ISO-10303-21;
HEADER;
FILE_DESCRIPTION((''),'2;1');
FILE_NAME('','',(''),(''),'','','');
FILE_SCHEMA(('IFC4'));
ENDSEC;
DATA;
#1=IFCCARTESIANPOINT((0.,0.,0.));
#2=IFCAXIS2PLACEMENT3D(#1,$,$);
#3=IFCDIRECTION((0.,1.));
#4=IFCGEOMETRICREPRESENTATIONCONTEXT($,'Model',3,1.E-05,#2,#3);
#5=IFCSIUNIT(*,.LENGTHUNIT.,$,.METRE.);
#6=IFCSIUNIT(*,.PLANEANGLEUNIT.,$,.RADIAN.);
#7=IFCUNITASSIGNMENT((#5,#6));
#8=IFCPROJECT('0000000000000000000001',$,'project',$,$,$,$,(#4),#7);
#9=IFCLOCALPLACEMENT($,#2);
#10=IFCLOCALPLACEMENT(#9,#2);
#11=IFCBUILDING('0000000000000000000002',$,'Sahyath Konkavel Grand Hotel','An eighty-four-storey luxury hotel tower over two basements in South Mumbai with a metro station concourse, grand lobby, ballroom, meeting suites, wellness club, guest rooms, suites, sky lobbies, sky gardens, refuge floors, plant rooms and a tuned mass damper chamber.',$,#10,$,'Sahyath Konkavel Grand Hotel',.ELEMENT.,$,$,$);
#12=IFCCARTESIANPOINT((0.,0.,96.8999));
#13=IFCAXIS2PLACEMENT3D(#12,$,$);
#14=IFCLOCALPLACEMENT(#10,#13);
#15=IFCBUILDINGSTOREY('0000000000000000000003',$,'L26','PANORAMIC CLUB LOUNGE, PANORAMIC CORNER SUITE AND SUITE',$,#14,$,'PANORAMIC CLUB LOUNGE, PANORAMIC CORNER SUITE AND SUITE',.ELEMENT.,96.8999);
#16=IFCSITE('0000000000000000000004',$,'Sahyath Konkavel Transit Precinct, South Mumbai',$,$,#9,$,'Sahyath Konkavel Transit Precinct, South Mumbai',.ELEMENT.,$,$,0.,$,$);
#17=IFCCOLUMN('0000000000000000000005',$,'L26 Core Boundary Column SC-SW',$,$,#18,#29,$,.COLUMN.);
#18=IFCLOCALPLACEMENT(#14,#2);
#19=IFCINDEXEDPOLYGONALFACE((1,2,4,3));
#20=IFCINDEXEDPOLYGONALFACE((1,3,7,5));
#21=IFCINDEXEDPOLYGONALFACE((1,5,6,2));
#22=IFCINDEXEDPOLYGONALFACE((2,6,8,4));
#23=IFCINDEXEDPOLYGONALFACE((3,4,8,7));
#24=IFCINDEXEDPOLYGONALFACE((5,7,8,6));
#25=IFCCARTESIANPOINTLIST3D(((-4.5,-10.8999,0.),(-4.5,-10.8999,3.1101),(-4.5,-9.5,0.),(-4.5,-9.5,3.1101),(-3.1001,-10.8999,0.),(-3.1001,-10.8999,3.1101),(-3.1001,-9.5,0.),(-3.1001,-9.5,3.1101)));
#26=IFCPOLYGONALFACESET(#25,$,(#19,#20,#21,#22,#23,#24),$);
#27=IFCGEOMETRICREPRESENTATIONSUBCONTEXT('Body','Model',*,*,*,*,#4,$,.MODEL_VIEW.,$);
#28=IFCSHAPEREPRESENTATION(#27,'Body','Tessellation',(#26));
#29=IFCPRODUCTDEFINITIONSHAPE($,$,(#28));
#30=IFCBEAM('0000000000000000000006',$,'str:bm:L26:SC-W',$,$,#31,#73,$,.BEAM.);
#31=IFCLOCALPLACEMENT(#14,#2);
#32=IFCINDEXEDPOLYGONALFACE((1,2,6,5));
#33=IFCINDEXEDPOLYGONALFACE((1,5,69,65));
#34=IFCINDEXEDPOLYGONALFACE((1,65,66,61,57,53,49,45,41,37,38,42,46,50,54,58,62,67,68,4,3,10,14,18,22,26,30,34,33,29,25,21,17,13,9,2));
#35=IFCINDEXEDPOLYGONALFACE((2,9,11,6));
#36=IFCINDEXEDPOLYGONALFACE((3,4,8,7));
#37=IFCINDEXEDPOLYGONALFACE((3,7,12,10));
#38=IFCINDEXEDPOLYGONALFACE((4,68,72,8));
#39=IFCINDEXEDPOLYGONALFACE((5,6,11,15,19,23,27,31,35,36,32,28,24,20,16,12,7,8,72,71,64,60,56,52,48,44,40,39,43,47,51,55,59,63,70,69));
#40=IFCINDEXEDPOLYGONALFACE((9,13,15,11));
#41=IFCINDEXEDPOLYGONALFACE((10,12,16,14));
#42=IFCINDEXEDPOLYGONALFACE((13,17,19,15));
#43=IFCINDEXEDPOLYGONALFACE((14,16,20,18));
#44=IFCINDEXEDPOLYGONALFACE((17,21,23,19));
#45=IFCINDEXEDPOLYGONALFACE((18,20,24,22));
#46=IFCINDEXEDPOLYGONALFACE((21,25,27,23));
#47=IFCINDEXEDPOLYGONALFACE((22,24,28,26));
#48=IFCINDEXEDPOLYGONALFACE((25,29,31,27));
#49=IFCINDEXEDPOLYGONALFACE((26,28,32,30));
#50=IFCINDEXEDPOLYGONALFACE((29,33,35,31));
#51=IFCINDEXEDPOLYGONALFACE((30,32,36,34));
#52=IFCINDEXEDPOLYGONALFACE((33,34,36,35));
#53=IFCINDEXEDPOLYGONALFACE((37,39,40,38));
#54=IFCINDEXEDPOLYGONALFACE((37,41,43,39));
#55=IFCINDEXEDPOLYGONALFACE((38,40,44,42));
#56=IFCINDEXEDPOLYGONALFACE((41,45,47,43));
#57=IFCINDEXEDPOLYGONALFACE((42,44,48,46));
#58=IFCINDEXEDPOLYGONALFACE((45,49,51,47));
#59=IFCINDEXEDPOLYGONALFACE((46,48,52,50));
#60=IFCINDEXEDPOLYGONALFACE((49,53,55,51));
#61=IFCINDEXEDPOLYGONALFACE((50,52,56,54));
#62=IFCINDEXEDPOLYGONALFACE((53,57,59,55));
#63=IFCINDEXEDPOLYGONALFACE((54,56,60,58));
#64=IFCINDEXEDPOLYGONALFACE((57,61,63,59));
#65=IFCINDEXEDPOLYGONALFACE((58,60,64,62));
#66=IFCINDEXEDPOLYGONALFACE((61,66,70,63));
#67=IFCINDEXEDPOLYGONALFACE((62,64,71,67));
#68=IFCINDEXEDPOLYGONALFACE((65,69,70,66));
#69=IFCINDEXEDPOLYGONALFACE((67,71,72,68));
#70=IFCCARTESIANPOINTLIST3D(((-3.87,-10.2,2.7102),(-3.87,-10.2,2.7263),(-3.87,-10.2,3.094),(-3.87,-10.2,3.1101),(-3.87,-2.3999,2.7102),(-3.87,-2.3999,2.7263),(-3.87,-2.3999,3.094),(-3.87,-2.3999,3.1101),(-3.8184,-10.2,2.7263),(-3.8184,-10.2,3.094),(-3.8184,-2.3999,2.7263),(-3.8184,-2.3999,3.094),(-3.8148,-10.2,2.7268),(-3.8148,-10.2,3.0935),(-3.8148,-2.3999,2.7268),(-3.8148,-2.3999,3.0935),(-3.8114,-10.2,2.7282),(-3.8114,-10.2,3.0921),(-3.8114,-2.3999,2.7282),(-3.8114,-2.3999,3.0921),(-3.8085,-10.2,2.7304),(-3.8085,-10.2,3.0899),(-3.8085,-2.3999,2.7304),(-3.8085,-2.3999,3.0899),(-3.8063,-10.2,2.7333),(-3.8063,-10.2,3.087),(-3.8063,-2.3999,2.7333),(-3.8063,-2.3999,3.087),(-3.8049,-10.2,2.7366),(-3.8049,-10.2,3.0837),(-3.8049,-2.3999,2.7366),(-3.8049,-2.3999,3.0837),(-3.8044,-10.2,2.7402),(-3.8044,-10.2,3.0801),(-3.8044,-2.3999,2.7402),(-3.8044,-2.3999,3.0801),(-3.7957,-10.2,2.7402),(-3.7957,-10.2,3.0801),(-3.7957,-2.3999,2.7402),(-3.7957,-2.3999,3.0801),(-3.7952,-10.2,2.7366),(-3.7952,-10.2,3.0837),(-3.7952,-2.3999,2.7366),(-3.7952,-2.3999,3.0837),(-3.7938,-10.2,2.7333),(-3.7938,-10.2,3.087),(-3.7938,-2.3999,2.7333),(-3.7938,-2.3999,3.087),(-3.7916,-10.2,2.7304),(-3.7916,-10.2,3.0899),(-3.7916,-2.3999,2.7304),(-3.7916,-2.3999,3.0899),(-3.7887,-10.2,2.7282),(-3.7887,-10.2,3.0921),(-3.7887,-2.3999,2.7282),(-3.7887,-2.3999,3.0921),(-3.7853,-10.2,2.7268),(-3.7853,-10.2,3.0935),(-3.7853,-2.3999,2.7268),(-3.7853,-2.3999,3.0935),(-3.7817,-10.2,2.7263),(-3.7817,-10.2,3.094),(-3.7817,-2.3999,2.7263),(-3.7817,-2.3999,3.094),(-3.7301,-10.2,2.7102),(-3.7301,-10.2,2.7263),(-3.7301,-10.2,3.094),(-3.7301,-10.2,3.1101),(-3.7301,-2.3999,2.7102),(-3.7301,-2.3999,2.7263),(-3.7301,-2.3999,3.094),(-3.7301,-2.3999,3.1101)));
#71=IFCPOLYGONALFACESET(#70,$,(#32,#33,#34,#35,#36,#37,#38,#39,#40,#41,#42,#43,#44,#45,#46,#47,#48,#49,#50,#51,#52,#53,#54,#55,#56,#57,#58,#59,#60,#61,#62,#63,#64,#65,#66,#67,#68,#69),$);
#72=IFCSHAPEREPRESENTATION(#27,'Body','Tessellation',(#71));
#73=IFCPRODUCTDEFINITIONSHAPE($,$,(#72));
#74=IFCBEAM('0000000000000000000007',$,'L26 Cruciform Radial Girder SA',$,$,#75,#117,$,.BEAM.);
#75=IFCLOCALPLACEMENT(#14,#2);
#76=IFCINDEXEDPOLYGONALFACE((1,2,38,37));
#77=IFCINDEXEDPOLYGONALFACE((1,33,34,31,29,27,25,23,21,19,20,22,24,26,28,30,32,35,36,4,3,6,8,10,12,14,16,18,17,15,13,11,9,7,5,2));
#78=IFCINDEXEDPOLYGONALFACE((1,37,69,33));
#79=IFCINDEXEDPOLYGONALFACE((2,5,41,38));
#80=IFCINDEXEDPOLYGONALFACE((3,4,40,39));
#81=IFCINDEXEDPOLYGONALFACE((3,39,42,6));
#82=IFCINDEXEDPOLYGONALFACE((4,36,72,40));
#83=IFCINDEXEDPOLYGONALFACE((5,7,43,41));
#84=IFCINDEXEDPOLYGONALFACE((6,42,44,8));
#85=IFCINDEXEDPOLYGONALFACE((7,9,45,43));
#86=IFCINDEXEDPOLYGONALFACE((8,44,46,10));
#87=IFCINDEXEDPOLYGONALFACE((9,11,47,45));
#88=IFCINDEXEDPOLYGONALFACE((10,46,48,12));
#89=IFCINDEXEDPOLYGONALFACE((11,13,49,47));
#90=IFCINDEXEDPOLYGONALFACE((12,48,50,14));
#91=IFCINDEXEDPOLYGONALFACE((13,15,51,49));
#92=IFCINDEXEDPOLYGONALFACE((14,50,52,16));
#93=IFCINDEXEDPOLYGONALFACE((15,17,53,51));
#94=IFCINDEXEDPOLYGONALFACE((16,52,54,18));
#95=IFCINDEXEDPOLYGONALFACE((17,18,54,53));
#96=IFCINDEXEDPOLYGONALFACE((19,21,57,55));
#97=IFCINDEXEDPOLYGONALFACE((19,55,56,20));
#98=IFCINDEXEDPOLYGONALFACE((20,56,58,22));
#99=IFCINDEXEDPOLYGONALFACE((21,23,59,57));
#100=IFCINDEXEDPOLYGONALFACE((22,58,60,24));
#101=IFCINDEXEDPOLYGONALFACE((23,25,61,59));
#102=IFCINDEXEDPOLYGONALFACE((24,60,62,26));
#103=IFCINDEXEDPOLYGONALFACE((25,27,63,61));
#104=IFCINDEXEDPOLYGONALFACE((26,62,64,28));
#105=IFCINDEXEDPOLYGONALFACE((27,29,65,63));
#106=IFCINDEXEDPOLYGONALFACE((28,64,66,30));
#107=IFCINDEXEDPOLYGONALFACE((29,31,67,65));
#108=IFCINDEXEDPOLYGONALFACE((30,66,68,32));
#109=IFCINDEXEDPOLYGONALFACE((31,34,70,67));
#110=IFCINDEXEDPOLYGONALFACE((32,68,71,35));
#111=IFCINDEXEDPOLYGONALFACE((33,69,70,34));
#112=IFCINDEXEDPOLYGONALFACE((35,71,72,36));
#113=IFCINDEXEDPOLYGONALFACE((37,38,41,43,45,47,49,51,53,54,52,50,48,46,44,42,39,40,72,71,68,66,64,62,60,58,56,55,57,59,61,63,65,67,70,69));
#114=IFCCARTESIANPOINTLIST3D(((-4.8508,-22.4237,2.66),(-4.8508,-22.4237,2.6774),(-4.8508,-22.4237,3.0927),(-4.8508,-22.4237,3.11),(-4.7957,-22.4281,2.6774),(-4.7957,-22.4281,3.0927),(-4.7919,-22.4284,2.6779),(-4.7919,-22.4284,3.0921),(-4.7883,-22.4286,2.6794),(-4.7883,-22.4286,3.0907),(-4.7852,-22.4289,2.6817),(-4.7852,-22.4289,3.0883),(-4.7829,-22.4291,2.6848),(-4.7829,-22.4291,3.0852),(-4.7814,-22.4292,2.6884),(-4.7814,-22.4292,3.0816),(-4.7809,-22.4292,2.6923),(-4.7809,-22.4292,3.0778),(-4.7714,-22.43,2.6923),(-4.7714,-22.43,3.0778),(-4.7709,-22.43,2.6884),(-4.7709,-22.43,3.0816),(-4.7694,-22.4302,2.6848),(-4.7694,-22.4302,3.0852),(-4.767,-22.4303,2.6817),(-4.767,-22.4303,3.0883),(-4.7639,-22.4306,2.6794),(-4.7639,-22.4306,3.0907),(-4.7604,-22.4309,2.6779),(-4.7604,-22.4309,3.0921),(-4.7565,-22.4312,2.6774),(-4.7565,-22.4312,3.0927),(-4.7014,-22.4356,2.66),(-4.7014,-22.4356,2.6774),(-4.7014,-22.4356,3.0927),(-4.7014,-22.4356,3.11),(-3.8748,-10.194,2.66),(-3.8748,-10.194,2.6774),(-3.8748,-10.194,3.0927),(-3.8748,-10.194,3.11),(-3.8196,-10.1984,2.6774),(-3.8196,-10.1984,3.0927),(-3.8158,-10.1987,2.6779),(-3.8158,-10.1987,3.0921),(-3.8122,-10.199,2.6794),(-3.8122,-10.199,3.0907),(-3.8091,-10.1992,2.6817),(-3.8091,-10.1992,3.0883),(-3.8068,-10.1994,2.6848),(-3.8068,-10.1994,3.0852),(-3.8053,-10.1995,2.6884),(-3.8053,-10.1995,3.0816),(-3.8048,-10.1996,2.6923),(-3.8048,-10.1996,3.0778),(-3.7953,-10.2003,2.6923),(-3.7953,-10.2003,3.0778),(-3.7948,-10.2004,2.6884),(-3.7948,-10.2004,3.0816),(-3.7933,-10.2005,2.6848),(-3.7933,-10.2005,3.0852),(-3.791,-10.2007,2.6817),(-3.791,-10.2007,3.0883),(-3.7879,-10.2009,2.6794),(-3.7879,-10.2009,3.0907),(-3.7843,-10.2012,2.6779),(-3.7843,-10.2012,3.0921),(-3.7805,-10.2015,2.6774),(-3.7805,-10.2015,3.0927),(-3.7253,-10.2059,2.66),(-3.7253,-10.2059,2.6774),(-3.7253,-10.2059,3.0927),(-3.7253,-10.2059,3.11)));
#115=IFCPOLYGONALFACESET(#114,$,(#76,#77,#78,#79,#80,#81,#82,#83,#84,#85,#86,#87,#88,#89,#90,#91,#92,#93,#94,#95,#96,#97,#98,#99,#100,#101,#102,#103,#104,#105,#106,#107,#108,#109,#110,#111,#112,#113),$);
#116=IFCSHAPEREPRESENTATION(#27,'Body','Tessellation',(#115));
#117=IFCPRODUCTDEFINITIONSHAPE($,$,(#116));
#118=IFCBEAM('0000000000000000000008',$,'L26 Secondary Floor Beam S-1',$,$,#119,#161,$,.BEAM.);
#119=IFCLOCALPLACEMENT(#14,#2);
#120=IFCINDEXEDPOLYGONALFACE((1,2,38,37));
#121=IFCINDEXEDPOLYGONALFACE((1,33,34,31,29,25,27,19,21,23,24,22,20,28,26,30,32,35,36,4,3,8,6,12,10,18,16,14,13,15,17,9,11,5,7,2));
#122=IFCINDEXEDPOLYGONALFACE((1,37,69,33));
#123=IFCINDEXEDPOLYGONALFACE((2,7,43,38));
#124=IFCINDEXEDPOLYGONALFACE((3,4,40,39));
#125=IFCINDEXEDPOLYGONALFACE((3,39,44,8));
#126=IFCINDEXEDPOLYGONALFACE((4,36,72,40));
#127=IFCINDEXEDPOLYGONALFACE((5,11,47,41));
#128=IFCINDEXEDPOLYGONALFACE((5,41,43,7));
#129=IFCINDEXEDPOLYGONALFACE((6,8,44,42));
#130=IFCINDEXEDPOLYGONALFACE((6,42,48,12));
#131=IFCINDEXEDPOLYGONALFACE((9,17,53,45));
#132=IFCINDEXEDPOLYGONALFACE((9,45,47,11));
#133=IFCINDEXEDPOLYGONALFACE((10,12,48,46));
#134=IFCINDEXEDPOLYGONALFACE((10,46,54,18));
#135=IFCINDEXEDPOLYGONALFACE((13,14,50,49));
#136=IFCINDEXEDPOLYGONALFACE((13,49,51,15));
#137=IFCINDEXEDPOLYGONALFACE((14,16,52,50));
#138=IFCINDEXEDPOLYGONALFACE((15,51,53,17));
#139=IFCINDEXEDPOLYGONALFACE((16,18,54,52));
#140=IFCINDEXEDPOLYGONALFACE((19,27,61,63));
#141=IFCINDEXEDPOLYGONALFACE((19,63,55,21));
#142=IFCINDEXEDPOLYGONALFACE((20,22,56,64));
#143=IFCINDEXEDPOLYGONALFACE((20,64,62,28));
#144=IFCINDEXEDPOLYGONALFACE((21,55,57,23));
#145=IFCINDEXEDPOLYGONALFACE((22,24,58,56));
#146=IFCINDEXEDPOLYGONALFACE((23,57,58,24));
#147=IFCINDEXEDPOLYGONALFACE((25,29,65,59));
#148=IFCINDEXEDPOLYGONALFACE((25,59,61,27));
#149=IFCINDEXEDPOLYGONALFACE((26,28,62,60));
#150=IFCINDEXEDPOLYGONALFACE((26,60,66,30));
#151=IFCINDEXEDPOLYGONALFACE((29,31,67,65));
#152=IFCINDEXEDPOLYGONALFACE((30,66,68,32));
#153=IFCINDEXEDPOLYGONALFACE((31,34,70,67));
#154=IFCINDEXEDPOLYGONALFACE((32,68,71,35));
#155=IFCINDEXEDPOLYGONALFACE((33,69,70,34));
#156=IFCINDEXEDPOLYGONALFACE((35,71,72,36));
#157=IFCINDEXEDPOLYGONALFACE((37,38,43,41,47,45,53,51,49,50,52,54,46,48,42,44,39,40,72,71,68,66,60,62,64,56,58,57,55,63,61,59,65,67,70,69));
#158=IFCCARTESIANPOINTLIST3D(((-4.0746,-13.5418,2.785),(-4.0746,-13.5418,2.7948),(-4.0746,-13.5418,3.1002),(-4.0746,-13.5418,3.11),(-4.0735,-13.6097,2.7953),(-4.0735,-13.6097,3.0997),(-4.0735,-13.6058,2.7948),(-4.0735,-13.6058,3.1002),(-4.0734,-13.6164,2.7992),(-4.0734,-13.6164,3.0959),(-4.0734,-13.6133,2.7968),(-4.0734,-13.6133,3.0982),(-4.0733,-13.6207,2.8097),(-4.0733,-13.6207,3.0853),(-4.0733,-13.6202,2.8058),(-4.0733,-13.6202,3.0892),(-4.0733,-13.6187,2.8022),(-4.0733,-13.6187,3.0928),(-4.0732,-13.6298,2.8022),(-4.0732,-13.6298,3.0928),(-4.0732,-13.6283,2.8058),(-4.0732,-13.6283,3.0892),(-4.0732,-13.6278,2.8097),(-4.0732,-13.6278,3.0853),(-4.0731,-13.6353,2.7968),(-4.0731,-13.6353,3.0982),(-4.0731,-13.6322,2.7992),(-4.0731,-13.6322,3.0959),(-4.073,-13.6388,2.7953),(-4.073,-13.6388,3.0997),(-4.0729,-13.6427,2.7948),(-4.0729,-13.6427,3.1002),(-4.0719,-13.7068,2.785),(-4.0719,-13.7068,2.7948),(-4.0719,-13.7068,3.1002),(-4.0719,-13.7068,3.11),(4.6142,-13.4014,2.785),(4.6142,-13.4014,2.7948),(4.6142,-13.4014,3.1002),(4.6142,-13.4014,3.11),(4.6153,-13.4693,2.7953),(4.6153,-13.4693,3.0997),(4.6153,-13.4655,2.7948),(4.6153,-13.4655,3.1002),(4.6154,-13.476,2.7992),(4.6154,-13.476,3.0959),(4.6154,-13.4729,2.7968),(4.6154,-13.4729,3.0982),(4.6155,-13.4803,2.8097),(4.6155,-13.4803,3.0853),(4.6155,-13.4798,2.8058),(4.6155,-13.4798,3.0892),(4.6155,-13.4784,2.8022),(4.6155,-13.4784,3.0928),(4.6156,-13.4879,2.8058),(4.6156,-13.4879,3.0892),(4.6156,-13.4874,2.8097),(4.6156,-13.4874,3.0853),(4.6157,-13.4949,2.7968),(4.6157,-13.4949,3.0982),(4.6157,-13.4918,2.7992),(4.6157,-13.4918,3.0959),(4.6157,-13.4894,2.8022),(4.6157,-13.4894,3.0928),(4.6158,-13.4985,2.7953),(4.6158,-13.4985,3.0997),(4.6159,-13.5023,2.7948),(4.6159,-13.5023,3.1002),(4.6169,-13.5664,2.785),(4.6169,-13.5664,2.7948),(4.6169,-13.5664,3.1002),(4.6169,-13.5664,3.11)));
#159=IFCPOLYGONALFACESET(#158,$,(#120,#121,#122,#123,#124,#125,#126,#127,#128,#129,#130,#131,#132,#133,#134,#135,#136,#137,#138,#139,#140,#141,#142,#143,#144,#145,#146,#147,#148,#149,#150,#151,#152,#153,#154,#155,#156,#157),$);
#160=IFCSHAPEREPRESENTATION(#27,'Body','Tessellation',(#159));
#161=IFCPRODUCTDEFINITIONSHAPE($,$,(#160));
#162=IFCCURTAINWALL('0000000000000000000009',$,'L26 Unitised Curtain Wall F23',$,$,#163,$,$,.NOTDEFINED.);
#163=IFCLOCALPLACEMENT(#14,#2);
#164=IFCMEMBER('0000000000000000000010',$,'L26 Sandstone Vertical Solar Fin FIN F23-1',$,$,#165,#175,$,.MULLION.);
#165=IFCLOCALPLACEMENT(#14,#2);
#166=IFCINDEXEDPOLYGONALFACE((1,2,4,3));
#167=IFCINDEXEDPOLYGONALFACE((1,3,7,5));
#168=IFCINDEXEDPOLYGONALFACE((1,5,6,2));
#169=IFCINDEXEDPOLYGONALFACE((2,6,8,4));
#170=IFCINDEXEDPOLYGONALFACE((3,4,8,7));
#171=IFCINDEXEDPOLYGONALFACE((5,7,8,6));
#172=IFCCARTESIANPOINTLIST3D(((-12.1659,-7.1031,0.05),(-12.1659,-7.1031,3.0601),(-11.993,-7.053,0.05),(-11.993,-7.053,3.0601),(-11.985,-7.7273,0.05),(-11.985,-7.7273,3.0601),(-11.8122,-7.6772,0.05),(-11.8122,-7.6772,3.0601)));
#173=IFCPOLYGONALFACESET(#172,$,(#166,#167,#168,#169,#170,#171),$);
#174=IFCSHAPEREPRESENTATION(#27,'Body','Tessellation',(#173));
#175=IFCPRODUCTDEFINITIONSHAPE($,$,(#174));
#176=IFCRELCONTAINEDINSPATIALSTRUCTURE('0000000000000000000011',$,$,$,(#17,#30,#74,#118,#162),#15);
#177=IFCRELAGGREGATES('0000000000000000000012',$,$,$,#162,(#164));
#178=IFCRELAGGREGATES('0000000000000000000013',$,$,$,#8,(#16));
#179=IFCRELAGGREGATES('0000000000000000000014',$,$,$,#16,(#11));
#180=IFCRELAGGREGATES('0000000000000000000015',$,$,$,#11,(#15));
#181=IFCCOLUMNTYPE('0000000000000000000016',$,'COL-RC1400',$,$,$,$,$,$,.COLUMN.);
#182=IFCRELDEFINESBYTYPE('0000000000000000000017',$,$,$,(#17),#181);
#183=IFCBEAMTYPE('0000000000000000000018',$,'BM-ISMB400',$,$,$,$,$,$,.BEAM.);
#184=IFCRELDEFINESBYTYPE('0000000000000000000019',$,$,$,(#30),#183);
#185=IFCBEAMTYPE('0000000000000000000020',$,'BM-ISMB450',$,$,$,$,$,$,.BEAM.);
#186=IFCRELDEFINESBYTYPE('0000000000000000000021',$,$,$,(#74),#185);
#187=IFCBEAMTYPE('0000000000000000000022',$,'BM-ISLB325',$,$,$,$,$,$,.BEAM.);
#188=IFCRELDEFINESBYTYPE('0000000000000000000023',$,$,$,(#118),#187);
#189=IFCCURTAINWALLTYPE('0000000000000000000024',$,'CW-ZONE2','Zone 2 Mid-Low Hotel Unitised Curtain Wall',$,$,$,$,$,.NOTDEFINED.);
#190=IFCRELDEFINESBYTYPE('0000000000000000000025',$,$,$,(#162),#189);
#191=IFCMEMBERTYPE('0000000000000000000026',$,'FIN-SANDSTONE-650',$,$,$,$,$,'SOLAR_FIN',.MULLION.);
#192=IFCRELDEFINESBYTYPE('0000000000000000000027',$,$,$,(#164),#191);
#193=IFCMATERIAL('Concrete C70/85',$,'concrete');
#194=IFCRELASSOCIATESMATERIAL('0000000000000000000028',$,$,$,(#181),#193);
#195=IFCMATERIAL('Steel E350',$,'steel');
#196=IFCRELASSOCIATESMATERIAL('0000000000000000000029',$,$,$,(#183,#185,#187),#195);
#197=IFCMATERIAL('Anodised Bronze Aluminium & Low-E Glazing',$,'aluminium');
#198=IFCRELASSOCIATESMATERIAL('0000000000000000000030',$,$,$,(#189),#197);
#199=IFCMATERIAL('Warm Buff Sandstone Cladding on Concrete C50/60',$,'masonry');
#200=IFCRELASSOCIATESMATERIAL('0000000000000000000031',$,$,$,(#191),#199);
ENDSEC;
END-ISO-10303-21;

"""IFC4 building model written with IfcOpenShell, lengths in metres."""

from ifc_helpers import new_model, si_unit, direction, frame, origin, origin_2d, place, context, subcontext, project, spatial, rectangle, i_section, extrude, source, transform, mapped, material, material_profile, profile_set, type_object, element, aggregate, save


model = new_model("IFC4")

# Units and contexts
model_context = context("Model", 3, precision=1e-05, world=origin(), true_north=direction((0.0, 1.0)))
body_context = subcontext(model_context, "Body", "Model", "MODEL_VIEW")
ifc_project = project(units=[si_unit("LENGTHUNIT", "METRE"), si_unit("PLANEANGLEUNIT", "RADIAN")], contexts=[model_context])

# Site, building, storey
site_placement = place(None, origin())
site = spatial("IfcSite", under=ifc_project, at=site_placement, Name="Sahyath Konkavel Transit Precinct, South Mumbai", LongName="Sahyath Konkavel Transit Precinct, South Mumbai", CompositionType="ELEMENT", RefElevation=0.0)
building_placement = place(site_placement, origin())
building = spatial("IfcBuilding", under=site, at=building_placement, Name="Sahyath Konkavel Grand Hotel", Description="An eighty-four-storey luxury hotel tower over two basements in South Mumbai with a metro station concourse, grand lobby, ballroom, meeting suites, wellness club, guest rooms, suites, sky lobbies, sky gardens, refuge floors, plant rooms and a tuned mass damper chamber.", LongName="Sahyath Konkavel Grand Hotel", CompositionType="ELEMENT")
storey_placement = place(building_placement, frame((0.0, 0.0, 96.8999)))
storey = spatial("IfcBuildingStorey", under=building, at=storey_placement, Name="L26", Description="PANORAMIC CLUB LOUNGE, PANORAMIC CORNER SUITE AND SUITE", LongName="PANORAMIC CLUB LOUNGE, PANORAMIC CORNER SUITE AND SUITE", CompositionType="ELEMENT", Elevation=96.8999)

# Column
ifc_material_1 = material(Name="Concrete C70/85", Category="concrete")
ifc_material_profile_1 = material_profile(ifc_material_1, rectangle(XDim=1.3999, YDim=1.3999, at=origin_2d()), Name="RC 1400x1400")
ifc_profile_set_1 = profile_set([ifc_material_profile_1], Name="Concrete C70/85")
column_type = type_object("IfcColumnType", Name="COL-RC1400", PredefinedType="COLUMN", material=ifc_profile_set_1)
shared_shape_1 = source(origin(), body_context, "Body", "SweptSolid", [
    extrude(rectangle(XDim=1.3999, YDim=1.3999, at=origin_2d()), origin(), (0.0, 0.0, 1.0), 3.1101),
])
column_placement = place(storey_placement, frame((-3.8, -10.2, 0.0), z_axis=(0.0, 0.0, 1.0), x_axis=(1.0, 0.0, 0.0)))
element("IfcColumn", 1, at=column_placement, inside=storey, type_object=column_type, Name="L26 Core Boundary Column SC-SW", PredefinedType="COLUMN", context=body_context, shape_type="MappedRepresentation", body=[
    mapped(shared_shape_1, transform((0.0, 0.0, 0.0), scale=1.0)),
])

# Beams
ifc_material_2 = material(Name="Steel E350", Category="steel")
ifc_material_profile_2 = material_profile(ifc_material_2, i_section(OverallWidth=0.1399, OverallDepth=0.3999, WebThickness=0.0088, FlangeThickness=0.0161, FilletRadius=0.0139, at=origin_2d()), Name="ISMB 400")
ifc_profile_set_2 = profile_set([ifc_material_profile_2], Name="Steel E350")
beam_type_1 = type_object("IfcBeamType", Name="BM-ISMB400", PredefinedType="BEAM", material=ifc_profile_set_2)
shared_shape_2 = source(origin(), body_context, "Body", "SweptSolid", [
    extrude(i_section(OverallWidth=0.1399, OverallDepth=0.3999, WebThickness=0.0088, FlangeThickness=0.0161, FilletRadius=0.0139, at=origin_2d()), origin(), (0.0, 0.0, 1.0), 7.8),
])
beam_1_placement = place(storey_placement, frame((-3.8, -10.2, 2.9102), z_axis=(0.0, 1.0, 0.0), x_axis=(-1.0, 0.0, 0.0)))
element("IfcBeam", 2, at=beam_1_placement, inside=storey, type_object=beam_type_1, Name="str:bm:L26:SC-W", PredefinedType="BEAM", context=body_context, shape_type="MappedRepresentation", body=[
    mapped(shared_shape_2, transform((0.0, 0.0, 0.0), scale=1.0)),
])
ifc_material_profile_3 = material_profile(ifc_material_2, i_section(OverallWidth=0.1499, OverallDepth=0.45, WebThickness=0.0095, FlangeThickness=0.0173, FilletRadius=0.0149, at=origin_2d()), Name="ISMB 450")
ifc_profile_set_3 = profile_set([ifc_material_profile_3], Name="Steel E350")
beam_type_2 = type_object("IfcBeamType", Name="BM-ISMB450", PredefinedType="BEAM", material=ifc_profile_set_3)
shared_shape_3 = source(origin(), body_context, "Body", "SweptSolid", [
    extrude(i_section(OverallWidth=0.1499, OverallDepth=0.45, WebThickness=0.0095, FlangeThickness=0.0173, FilletRadius=0.0149, at=origin_2d()), origin(), (0.0, 0.0, 1.0), 12.2686),
])
beam_2_placement = place(storey_placement, frame((-3.8, -10.2, 2.885), z_axis=(-0.079559, -0.99683, 0.0), x_axis=(0.99683, -0.079559, 0.0)))
element("IfcBeam", 3, at=beam_2_placement, inside=storey, type_object=beam_type_2, Name="L26 Cruciform Radial Girder SA", PredefinedType="BEAM", context=body_context, shape_type="MappedRepresentation", body=[
    mapped(shared_shape_3, transform((0.0, 0.0, 0.0), scale=1.0)),
])
ifc_material_profile_4 = material_profile(ifc_material_2, i_section(OverallWidth=0.165, OverallDepth=0.325, WebThickness=0.0071, FlangeThickness=0.0098, FilletRadius=0.0149, at=origin_2d()), Name="ISLB 325")
ifc_profile_set_4 = profile_set([ifc_material_profile_4], Name="Steel E350")
beam_type_3 = type_object("IfcBeamType", Name="BM-ISLB325", PredefinedType="BEAM", material=ifc_profile_set_4)
shared_shape_4 = source(origin(), body_context, "Body", "SweptSolid", [
    extrude(i_section(OverallWidth=0.165, OverallDepth=0.325, WebThickness=0.0071, FlangeThickness=0.0098, FilletRadius=0.0149, at=origin_2d()), origin(), (0.0, 0.0, 1.0), 8.6899),
])
beam_3_placement = place(storey_placement, frame((-4.0732, -13.6243, 2.9475), z_axis=(0.99987, 0.016155, 0.0), x_axis=(-0.016155, 0.99987, 0.0)))
element("IfcBeam", 4, at=beam_3_placement, inside=storey, type_object=beam_type_3, Name="L26 Secondary Floor Beam S-1", PredefinedType="BEAM", context=body_context, shape_type="MappedRepresentation", body=[
    mapped(shared_shape_4, transform((0.0, 0.0, 0.0), scale=1.0)),
])

# Curtain wall, member
ifc_material_3 = material(Name="Anodised Bronze Aluminium & Low-E Glazing", Category="aluminium")
curtain_wall_type = type_object("IfcCurtainWallType", Name="CW-ZONE2", Description="Zone 2 Mid-Low Hotel Unitised Curtain Wall", PredefinedType="NOTDEFINED", material=ifc_material_3)
curtain_wall_1_placement = place(storey_placement, origin())
curtain_wall_1 = element("IfcCurtainWall", 5, at=curtain_wall_1_placement, inside=storey, type_object=curtain_wall_type, Name="L26 Unitised Curtain Wall F23", PredefinedType="NOTDEFINED")
ifc_material_4 = material(Name="Warm Buff Sandstone Cladding on Concrete C50/60", Category="masonry")
ifc_material_profile_5 = material_profile(ifc_material_4, rectangle(XDim=0.1799, YDim=0.6499, at=origin_2d()), Name="FIN 180x650")
ifc_profile_set_5 = profile_set([ifc_material_profile_5], Name="Warm Buff Sandstone Cladding on Concrete C50/60")
member_type_1 = type_object("IfcMemberType", Name="FIN-SANDSTONE-650", ElementType="SOLAR_FIN", PredefinedType="MULLION", material=ifc_profile_set_5)
shared_shape_5 = source(origin(), body_context, "Body", "SweptSolid", [
    extrude(rectangle(XDim=0.1799, YDim=0.6499, at=origin_2d()), origin(), (0.0, 0.0, 1.0), 3.01),
])
member_1_placement = place(storey_placement, frame((-11.989, -7.3901, 0.05), z_axis=(0.0, 0.0, 1.0), x_axis=(0.960488, 0.278321, 0.0)))
member_1 = element("IfcMember", 6, at=member_1_placement, type_object=member_type_1, Name="L26 Sandstone Vertical Solar Fin FIN F23-1", PredefinedType="MULLION", context=body_context, shape_type="MappedRepresentation", body=[
    mapped(shared_shape_5, transform((0.0, 0.0, 0.0), scale=1.0)),
])

aggregate(curtain_wall_1, [member_1])

save(model, "model.ifc")
